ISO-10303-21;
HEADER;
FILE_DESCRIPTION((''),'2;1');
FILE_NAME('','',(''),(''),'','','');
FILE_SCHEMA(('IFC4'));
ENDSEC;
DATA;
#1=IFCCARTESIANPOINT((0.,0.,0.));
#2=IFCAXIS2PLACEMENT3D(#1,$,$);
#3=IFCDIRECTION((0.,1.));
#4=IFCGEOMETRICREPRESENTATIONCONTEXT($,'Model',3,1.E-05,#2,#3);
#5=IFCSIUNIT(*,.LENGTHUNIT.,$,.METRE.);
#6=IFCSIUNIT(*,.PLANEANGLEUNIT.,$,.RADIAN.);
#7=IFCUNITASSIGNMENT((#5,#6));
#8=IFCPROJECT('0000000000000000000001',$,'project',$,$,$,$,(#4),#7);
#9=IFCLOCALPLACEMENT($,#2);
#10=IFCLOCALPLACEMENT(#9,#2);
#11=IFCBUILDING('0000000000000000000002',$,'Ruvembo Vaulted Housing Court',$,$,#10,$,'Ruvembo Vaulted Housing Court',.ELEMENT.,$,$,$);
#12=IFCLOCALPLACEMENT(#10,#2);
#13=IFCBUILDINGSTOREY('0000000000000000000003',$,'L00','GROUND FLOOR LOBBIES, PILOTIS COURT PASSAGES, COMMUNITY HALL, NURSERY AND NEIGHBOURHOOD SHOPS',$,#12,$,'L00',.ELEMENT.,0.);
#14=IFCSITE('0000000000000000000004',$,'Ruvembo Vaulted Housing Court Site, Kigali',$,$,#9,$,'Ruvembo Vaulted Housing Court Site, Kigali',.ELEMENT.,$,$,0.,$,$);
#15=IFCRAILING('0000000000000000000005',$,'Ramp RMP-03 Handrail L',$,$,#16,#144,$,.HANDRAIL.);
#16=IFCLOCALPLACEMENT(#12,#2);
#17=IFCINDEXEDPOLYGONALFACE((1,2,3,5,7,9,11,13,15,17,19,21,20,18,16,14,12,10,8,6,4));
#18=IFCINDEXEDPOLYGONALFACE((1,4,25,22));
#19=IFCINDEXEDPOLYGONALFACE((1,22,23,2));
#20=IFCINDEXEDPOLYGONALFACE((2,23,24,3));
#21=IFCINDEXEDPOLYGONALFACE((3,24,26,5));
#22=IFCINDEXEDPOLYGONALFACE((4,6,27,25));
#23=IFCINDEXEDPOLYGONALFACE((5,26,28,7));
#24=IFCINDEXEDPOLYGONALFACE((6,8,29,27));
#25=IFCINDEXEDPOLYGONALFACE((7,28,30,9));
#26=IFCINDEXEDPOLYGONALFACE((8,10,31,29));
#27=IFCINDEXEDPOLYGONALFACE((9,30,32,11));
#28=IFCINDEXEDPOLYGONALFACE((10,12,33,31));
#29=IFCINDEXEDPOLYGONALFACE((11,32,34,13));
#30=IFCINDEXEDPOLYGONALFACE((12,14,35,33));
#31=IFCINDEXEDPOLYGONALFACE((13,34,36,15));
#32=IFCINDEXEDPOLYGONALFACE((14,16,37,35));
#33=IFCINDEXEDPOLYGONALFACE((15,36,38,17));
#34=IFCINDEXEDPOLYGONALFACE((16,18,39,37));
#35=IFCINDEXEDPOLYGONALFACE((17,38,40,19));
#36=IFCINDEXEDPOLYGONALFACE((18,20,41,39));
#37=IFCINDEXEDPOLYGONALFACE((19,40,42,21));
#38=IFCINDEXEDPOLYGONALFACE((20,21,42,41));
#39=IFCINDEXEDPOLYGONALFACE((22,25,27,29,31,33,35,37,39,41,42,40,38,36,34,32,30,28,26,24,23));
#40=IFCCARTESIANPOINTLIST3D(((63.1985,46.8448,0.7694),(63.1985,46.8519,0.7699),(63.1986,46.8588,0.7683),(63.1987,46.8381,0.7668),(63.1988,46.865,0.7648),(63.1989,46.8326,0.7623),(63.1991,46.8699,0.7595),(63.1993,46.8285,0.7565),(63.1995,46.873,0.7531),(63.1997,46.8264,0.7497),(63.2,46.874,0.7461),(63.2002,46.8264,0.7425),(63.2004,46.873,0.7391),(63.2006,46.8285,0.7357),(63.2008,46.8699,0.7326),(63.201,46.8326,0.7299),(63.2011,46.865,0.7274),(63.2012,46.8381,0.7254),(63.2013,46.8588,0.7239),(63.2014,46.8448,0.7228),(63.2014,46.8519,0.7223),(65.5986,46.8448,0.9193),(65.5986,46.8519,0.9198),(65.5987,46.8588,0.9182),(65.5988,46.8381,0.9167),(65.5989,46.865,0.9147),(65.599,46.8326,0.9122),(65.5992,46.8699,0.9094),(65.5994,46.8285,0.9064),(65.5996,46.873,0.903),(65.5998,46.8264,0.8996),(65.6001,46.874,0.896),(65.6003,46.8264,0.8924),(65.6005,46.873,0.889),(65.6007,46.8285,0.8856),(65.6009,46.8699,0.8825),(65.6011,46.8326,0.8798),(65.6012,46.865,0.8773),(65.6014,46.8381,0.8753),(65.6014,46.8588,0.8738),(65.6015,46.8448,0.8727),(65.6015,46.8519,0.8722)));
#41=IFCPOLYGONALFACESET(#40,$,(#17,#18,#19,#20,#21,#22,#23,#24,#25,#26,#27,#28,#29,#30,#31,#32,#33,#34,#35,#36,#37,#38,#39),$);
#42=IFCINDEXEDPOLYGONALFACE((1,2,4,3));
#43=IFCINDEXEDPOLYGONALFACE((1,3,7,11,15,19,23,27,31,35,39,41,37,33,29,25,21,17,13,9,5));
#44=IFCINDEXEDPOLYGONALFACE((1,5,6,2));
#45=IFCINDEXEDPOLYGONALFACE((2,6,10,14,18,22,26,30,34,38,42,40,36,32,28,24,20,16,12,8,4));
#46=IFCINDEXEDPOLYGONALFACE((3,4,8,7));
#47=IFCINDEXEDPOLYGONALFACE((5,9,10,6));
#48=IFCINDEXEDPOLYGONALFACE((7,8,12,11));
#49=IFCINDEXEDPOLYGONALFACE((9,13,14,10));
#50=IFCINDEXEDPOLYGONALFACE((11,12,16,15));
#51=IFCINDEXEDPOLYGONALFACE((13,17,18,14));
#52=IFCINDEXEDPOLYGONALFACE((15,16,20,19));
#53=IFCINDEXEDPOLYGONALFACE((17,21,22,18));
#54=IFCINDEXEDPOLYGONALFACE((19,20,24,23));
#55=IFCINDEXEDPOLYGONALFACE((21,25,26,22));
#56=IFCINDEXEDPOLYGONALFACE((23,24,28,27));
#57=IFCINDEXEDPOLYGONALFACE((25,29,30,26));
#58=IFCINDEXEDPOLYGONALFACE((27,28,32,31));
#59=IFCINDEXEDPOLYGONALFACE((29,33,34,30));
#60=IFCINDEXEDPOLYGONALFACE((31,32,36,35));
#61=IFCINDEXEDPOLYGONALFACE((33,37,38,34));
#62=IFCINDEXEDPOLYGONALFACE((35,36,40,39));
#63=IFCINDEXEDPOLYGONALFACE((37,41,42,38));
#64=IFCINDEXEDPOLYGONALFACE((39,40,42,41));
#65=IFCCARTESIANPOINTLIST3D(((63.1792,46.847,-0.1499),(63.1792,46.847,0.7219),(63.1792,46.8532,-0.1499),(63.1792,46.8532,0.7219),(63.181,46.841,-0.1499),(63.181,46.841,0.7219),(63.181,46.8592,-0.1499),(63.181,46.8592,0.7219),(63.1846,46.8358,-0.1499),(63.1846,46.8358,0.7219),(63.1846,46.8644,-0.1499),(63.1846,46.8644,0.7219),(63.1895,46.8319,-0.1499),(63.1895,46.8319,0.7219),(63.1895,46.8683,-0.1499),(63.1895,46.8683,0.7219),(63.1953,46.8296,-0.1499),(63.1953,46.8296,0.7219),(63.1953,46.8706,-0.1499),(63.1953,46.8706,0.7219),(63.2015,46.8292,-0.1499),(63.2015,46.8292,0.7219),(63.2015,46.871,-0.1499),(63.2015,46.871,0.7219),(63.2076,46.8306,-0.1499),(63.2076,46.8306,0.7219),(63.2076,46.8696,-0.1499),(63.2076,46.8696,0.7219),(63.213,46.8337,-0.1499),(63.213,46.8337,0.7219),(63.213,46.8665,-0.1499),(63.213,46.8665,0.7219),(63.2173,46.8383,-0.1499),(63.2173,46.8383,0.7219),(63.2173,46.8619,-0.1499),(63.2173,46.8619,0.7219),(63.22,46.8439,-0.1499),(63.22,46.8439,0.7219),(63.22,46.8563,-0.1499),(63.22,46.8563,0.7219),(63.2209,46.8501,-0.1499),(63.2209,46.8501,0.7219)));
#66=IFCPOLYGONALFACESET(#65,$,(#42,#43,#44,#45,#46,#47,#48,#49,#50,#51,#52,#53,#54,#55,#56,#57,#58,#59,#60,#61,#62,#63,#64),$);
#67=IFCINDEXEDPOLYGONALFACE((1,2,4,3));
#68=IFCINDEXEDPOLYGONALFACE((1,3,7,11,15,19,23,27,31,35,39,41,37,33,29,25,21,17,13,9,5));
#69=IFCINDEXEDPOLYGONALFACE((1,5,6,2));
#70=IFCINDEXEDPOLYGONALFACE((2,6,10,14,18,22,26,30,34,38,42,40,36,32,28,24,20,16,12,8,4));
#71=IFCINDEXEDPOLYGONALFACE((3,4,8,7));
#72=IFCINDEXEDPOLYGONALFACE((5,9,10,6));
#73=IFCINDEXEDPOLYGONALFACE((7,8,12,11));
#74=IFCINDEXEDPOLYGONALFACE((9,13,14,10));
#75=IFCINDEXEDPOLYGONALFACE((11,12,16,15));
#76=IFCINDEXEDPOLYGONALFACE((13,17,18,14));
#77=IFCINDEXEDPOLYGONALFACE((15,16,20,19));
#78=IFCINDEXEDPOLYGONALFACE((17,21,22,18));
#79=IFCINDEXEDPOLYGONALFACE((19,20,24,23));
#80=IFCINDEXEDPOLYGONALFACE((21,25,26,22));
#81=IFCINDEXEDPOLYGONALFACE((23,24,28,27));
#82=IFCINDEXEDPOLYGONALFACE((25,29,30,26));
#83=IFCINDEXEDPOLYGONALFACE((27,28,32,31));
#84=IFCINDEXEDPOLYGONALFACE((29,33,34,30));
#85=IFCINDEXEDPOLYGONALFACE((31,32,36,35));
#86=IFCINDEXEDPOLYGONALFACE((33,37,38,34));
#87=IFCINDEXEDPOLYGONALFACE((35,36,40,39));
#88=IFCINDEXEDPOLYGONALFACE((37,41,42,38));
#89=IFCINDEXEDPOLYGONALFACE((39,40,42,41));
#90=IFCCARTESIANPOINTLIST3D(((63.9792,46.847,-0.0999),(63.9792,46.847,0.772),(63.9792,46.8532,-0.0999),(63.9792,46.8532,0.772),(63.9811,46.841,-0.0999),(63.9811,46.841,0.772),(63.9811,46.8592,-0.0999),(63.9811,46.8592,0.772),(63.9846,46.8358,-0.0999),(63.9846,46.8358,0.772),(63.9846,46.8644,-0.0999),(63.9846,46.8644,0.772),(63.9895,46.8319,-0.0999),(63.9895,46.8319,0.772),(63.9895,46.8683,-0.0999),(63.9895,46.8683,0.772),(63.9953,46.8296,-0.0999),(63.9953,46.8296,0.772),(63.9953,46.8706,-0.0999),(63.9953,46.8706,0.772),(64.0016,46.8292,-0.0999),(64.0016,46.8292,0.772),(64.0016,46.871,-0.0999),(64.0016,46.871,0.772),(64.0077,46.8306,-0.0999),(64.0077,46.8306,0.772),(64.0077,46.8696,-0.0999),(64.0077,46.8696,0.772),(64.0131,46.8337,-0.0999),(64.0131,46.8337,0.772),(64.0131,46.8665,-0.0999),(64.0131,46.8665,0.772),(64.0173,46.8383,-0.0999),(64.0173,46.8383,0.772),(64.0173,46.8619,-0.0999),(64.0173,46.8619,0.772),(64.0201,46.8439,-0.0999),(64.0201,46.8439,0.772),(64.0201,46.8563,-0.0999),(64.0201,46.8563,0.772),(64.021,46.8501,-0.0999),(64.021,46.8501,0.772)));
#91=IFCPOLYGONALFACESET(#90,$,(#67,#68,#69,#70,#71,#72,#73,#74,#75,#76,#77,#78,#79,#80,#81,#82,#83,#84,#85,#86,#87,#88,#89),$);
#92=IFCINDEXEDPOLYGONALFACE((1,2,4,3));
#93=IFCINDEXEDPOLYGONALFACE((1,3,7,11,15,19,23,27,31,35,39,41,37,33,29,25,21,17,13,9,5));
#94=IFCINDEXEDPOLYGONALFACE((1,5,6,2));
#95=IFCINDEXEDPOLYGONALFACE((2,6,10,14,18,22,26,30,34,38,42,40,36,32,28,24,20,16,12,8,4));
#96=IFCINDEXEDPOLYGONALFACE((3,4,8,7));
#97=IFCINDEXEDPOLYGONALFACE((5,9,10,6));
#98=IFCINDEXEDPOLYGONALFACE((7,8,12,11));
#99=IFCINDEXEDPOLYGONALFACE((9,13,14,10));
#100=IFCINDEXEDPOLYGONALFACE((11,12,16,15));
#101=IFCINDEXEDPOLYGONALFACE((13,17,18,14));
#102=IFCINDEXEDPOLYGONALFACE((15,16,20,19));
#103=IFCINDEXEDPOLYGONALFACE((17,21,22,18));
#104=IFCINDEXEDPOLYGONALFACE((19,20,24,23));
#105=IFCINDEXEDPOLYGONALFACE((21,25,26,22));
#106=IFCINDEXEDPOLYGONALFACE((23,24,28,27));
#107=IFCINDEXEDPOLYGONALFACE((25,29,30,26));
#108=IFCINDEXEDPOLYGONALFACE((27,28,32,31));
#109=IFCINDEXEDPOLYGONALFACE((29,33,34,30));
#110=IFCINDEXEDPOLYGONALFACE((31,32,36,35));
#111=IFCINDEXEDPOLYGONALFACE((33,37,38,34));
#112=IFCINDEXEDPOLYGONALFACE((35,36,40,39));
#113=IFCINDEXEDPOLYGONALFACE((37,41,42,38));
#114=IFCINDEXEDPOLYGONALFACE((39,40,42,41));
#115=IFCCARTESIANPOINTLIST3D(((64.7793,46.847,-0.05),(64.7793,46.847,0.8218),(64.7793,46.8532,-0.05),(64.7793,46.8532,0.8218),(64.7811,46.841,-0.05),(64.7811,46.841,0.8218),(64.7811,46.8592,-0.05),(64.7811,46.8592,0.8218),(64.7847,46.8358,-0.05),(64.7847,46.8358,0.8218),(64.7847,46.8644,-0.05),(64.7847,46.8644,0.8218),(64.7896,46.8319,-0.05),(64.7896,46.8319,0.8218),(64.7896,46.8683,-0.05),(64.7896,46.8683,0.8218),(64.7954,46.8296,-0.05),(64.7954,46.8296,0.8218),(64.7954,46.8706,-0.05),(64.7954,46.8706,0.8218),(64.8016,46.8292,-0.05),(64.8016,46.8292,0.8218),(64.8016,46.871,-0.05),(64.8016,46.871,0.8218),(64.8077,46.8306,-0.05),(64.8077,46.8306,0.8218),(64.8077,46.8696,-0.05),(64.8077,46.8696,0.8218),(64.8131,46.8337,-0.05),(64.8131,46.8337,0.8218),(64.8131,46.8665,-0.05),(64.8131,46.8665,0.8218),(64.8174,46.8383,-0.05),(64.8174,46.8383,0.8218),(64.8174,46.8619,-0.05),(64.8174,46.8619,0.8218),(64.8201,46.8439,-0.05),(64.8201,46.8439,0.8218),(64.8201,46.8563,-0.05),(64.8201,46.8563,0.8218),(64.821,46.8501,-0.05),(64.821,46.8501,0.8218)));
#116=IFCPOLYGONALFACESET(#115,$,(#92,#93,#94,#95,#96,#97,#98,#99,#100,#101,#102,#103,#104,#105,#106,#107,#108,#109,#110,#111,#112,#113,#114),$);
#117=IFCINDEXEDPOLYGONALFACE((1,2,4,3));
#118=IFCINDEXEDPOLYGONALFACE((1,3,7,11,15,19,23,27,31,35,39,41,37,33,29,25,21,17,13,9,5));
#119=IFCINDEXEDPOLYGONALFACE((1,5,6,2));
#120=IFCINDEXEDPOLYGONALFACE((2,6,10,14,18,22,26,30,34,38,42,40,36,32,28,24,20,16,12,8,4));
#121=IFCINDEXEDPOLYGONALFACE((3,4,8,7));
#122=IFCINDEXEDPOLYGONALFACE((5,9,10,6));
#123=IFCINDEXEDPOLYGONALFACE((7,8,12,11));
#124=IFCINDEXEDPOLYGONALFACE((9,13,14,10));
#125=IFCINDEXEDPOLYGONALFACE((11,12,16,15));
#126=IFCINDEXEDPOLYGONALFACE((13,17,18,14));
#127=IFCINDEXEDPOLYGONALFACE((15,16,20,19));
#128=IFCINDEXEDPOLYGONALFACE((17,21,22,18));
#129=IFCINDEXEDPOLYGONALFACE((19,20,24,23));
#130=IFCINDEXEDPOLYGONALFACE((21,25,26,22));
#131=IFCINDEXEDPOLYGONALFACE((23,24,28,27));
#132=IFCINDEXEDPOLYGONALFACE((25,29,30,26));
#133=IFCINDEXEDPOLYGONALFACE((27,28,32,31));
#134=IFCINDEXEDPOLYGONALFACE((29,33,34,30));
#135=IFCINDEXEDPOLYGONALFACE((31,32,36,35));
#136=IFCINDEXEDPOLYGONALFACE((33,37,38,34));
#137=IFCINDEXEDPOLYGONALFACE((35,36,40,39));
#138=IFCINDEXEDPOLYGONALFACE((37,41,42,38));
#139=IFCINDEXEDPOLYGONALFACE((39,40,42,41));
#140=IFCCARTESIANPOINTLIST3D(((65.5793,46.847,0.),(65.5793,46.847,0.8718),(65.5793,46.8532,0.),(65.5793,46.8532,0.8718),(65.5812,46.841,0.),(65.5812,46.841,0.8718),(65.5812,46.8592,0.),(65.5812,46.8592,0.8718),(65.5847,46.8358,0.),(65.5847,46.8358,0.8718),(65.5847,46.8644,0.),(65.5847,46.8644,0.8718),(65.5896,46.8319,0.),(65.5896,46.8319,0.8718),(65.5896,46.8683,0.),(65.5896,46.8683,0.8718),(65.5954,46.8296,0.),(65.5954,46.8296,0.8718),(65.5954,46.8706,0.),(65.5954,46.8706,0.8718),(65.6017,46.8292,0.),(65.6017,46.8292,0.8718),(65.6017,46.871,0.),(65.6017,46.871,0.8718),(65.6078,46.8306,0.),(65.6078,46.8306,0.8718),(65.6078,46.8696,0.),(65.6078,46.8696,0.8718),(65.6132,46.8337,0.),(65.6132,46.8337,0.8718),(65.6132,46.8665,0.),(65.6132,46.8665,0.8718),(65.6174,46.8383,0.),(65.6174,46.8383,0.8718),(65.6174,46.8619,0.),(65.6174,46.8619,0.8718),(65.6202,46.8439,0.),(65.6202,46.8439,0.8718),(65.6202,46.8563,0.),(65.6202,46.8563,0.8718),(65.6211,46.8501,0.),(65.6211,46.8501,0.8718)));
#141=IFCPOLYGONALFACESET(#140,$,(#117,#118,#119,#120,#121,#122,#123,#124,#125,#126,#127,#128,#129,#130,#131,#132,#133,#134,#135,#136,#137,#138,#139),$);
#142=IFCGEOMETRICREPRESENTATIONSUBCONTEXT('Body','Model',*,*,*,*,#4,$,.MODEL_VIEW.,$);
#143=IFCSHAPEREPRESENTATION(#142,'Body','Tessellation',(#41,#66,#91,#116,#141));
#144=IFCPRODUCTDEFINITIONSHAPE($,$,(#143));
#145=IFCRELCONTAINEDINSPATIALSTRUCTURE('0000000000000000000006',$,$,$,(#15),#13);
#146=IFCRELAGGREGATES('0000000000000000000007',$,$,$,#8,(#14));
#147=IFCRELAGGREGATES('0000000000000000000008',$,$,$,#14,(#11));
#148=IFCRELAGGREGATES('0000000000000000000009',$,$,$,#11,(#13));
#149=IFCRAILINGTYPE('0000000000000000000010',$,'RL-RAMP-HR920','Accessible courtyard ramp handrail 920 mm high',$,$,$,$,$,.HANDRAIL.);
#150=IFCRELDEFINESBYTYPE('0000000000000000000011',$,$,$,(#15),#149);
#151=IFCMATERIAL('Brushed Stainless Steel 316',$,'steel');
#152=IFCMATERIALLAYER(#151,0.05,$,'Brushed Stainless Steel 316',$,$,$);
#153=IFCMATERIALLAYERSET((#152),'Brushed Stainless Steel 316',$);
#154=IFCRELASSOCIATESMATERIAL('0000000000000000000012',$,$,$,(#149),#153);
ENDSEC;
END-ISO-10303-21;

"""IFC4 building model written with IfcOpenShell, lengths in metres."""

from ifc_helpers import new_model, si_unit, direction, frame, origin, origin_2d, place, context, subcontext, project, spatial, circle, extrude, material, layer, layer_set, type_object, element, save


model = new_model("IFC4")

# Units and contexts
model_context = context("Model", 3, precision=1e-05, world=origin(), true_north=direction((0.0, 1.0)))
body_context = subcontext(model_context, "Body", "Model", "MODEL_VIEW")
ifc_project = project(units=[si_unit("LENGTHUNIT", "METRE"), si_unit("PLANEANGLEUNIT", "RADIAN")], contexts=[model_context])

# Site, building, storey
site_placement = place(None, origin())
site = spatial("IfcSite", under=ifc_project, at=site_placement, Name="Ruvembo Vaulted Housing Court Site, Kigali", LongName="Ruvembo Vaulted Housing Court Site, Kigali", CompositionType="ELEMENT", RefElevation=0.0)
building_placement = place(site_placement, origin())
building = spatial("IfcBuilding", under=site, at=building_placement, Name="Ruvembo Vaulted Housing Court", LongName="Ruvembo Vaulted Housing Court", CompositionType="ELEMENT")
storey_placement = place(building_placement, origin())
storey = spatial("IfcBuildingStorey", under=building, at=storey_placement, Name="L00", Description="GROUND FLOOR LOBBIES, PILOTIS COURT PASSAGES, COMMUNITY HALL, NURSERY AND NEIGHBOURHOOD SHOPS", LongName="L00", CompositionType="ELEMENT", Elevation=0.0)

# Railing
ifc_material_1 = material(Name="Brushed Stainless Steel 316", Category="steel")
ifc_layer_1 = layer(ifc_material_1, 0.05, Name="Brushed Stainless Steel 316")
ifc_layer_set_1 = layer_set([ifc_layer_1], Name="Brushed Stainless Steel 316")
railing_type = type_object("IfcRailingType", Name="RL-RAMP-HR920", Description="Accessible courtyard ramp handrail 920 mm high", PredefinedType="HANDRAIL", material=ifc_layer_set_1)
for number, where, name in (
    (1, (63.2, 46.8501, -0.1499), "Ramp RMP-03 Handrail L"),
):
    element("IfcRailing", number, at=place(storey_placement, frame(where)), inside=storey, type_object=railing_type, Name=name, PredefinedType="HANDRAIL", context=body_context, shape_type="SweptSolid", body=[
        extrude(circle(Radius=0.0239, at=origin_2d()), frame((0.0, 0.0, 0.896), z_axis=(0.998055, 0.0, 0.062334), x_axis=(0.0, 1.0, 0.0)), (0.0, 0.0, 1.0), 2.4048),
        extrude(circle(Radius=0.021, at=origin_2d()), origin(), (0.0, 0.0, 1.0), 0.8718),
        extrude(circle(Radius=0.021, at=origin_2d()), frame((0.8, 0.0, 0.05)), (0.0, 0.0, 1.0), 0.8718),
        extrude(circle(Radius=0.021, at=origin_2d()), frame((1.6001, 0.0, 0.0999)), (0.0, 0.0, 1.0), 0.8718),
        extrude(circle(Radius=0.021, at=origin_2d()), frame((2.4001, 0.0, 0.1499)), (0.0, 0.0, 1.0), 0.8718),
    ])

save(model, "model.ifc")
